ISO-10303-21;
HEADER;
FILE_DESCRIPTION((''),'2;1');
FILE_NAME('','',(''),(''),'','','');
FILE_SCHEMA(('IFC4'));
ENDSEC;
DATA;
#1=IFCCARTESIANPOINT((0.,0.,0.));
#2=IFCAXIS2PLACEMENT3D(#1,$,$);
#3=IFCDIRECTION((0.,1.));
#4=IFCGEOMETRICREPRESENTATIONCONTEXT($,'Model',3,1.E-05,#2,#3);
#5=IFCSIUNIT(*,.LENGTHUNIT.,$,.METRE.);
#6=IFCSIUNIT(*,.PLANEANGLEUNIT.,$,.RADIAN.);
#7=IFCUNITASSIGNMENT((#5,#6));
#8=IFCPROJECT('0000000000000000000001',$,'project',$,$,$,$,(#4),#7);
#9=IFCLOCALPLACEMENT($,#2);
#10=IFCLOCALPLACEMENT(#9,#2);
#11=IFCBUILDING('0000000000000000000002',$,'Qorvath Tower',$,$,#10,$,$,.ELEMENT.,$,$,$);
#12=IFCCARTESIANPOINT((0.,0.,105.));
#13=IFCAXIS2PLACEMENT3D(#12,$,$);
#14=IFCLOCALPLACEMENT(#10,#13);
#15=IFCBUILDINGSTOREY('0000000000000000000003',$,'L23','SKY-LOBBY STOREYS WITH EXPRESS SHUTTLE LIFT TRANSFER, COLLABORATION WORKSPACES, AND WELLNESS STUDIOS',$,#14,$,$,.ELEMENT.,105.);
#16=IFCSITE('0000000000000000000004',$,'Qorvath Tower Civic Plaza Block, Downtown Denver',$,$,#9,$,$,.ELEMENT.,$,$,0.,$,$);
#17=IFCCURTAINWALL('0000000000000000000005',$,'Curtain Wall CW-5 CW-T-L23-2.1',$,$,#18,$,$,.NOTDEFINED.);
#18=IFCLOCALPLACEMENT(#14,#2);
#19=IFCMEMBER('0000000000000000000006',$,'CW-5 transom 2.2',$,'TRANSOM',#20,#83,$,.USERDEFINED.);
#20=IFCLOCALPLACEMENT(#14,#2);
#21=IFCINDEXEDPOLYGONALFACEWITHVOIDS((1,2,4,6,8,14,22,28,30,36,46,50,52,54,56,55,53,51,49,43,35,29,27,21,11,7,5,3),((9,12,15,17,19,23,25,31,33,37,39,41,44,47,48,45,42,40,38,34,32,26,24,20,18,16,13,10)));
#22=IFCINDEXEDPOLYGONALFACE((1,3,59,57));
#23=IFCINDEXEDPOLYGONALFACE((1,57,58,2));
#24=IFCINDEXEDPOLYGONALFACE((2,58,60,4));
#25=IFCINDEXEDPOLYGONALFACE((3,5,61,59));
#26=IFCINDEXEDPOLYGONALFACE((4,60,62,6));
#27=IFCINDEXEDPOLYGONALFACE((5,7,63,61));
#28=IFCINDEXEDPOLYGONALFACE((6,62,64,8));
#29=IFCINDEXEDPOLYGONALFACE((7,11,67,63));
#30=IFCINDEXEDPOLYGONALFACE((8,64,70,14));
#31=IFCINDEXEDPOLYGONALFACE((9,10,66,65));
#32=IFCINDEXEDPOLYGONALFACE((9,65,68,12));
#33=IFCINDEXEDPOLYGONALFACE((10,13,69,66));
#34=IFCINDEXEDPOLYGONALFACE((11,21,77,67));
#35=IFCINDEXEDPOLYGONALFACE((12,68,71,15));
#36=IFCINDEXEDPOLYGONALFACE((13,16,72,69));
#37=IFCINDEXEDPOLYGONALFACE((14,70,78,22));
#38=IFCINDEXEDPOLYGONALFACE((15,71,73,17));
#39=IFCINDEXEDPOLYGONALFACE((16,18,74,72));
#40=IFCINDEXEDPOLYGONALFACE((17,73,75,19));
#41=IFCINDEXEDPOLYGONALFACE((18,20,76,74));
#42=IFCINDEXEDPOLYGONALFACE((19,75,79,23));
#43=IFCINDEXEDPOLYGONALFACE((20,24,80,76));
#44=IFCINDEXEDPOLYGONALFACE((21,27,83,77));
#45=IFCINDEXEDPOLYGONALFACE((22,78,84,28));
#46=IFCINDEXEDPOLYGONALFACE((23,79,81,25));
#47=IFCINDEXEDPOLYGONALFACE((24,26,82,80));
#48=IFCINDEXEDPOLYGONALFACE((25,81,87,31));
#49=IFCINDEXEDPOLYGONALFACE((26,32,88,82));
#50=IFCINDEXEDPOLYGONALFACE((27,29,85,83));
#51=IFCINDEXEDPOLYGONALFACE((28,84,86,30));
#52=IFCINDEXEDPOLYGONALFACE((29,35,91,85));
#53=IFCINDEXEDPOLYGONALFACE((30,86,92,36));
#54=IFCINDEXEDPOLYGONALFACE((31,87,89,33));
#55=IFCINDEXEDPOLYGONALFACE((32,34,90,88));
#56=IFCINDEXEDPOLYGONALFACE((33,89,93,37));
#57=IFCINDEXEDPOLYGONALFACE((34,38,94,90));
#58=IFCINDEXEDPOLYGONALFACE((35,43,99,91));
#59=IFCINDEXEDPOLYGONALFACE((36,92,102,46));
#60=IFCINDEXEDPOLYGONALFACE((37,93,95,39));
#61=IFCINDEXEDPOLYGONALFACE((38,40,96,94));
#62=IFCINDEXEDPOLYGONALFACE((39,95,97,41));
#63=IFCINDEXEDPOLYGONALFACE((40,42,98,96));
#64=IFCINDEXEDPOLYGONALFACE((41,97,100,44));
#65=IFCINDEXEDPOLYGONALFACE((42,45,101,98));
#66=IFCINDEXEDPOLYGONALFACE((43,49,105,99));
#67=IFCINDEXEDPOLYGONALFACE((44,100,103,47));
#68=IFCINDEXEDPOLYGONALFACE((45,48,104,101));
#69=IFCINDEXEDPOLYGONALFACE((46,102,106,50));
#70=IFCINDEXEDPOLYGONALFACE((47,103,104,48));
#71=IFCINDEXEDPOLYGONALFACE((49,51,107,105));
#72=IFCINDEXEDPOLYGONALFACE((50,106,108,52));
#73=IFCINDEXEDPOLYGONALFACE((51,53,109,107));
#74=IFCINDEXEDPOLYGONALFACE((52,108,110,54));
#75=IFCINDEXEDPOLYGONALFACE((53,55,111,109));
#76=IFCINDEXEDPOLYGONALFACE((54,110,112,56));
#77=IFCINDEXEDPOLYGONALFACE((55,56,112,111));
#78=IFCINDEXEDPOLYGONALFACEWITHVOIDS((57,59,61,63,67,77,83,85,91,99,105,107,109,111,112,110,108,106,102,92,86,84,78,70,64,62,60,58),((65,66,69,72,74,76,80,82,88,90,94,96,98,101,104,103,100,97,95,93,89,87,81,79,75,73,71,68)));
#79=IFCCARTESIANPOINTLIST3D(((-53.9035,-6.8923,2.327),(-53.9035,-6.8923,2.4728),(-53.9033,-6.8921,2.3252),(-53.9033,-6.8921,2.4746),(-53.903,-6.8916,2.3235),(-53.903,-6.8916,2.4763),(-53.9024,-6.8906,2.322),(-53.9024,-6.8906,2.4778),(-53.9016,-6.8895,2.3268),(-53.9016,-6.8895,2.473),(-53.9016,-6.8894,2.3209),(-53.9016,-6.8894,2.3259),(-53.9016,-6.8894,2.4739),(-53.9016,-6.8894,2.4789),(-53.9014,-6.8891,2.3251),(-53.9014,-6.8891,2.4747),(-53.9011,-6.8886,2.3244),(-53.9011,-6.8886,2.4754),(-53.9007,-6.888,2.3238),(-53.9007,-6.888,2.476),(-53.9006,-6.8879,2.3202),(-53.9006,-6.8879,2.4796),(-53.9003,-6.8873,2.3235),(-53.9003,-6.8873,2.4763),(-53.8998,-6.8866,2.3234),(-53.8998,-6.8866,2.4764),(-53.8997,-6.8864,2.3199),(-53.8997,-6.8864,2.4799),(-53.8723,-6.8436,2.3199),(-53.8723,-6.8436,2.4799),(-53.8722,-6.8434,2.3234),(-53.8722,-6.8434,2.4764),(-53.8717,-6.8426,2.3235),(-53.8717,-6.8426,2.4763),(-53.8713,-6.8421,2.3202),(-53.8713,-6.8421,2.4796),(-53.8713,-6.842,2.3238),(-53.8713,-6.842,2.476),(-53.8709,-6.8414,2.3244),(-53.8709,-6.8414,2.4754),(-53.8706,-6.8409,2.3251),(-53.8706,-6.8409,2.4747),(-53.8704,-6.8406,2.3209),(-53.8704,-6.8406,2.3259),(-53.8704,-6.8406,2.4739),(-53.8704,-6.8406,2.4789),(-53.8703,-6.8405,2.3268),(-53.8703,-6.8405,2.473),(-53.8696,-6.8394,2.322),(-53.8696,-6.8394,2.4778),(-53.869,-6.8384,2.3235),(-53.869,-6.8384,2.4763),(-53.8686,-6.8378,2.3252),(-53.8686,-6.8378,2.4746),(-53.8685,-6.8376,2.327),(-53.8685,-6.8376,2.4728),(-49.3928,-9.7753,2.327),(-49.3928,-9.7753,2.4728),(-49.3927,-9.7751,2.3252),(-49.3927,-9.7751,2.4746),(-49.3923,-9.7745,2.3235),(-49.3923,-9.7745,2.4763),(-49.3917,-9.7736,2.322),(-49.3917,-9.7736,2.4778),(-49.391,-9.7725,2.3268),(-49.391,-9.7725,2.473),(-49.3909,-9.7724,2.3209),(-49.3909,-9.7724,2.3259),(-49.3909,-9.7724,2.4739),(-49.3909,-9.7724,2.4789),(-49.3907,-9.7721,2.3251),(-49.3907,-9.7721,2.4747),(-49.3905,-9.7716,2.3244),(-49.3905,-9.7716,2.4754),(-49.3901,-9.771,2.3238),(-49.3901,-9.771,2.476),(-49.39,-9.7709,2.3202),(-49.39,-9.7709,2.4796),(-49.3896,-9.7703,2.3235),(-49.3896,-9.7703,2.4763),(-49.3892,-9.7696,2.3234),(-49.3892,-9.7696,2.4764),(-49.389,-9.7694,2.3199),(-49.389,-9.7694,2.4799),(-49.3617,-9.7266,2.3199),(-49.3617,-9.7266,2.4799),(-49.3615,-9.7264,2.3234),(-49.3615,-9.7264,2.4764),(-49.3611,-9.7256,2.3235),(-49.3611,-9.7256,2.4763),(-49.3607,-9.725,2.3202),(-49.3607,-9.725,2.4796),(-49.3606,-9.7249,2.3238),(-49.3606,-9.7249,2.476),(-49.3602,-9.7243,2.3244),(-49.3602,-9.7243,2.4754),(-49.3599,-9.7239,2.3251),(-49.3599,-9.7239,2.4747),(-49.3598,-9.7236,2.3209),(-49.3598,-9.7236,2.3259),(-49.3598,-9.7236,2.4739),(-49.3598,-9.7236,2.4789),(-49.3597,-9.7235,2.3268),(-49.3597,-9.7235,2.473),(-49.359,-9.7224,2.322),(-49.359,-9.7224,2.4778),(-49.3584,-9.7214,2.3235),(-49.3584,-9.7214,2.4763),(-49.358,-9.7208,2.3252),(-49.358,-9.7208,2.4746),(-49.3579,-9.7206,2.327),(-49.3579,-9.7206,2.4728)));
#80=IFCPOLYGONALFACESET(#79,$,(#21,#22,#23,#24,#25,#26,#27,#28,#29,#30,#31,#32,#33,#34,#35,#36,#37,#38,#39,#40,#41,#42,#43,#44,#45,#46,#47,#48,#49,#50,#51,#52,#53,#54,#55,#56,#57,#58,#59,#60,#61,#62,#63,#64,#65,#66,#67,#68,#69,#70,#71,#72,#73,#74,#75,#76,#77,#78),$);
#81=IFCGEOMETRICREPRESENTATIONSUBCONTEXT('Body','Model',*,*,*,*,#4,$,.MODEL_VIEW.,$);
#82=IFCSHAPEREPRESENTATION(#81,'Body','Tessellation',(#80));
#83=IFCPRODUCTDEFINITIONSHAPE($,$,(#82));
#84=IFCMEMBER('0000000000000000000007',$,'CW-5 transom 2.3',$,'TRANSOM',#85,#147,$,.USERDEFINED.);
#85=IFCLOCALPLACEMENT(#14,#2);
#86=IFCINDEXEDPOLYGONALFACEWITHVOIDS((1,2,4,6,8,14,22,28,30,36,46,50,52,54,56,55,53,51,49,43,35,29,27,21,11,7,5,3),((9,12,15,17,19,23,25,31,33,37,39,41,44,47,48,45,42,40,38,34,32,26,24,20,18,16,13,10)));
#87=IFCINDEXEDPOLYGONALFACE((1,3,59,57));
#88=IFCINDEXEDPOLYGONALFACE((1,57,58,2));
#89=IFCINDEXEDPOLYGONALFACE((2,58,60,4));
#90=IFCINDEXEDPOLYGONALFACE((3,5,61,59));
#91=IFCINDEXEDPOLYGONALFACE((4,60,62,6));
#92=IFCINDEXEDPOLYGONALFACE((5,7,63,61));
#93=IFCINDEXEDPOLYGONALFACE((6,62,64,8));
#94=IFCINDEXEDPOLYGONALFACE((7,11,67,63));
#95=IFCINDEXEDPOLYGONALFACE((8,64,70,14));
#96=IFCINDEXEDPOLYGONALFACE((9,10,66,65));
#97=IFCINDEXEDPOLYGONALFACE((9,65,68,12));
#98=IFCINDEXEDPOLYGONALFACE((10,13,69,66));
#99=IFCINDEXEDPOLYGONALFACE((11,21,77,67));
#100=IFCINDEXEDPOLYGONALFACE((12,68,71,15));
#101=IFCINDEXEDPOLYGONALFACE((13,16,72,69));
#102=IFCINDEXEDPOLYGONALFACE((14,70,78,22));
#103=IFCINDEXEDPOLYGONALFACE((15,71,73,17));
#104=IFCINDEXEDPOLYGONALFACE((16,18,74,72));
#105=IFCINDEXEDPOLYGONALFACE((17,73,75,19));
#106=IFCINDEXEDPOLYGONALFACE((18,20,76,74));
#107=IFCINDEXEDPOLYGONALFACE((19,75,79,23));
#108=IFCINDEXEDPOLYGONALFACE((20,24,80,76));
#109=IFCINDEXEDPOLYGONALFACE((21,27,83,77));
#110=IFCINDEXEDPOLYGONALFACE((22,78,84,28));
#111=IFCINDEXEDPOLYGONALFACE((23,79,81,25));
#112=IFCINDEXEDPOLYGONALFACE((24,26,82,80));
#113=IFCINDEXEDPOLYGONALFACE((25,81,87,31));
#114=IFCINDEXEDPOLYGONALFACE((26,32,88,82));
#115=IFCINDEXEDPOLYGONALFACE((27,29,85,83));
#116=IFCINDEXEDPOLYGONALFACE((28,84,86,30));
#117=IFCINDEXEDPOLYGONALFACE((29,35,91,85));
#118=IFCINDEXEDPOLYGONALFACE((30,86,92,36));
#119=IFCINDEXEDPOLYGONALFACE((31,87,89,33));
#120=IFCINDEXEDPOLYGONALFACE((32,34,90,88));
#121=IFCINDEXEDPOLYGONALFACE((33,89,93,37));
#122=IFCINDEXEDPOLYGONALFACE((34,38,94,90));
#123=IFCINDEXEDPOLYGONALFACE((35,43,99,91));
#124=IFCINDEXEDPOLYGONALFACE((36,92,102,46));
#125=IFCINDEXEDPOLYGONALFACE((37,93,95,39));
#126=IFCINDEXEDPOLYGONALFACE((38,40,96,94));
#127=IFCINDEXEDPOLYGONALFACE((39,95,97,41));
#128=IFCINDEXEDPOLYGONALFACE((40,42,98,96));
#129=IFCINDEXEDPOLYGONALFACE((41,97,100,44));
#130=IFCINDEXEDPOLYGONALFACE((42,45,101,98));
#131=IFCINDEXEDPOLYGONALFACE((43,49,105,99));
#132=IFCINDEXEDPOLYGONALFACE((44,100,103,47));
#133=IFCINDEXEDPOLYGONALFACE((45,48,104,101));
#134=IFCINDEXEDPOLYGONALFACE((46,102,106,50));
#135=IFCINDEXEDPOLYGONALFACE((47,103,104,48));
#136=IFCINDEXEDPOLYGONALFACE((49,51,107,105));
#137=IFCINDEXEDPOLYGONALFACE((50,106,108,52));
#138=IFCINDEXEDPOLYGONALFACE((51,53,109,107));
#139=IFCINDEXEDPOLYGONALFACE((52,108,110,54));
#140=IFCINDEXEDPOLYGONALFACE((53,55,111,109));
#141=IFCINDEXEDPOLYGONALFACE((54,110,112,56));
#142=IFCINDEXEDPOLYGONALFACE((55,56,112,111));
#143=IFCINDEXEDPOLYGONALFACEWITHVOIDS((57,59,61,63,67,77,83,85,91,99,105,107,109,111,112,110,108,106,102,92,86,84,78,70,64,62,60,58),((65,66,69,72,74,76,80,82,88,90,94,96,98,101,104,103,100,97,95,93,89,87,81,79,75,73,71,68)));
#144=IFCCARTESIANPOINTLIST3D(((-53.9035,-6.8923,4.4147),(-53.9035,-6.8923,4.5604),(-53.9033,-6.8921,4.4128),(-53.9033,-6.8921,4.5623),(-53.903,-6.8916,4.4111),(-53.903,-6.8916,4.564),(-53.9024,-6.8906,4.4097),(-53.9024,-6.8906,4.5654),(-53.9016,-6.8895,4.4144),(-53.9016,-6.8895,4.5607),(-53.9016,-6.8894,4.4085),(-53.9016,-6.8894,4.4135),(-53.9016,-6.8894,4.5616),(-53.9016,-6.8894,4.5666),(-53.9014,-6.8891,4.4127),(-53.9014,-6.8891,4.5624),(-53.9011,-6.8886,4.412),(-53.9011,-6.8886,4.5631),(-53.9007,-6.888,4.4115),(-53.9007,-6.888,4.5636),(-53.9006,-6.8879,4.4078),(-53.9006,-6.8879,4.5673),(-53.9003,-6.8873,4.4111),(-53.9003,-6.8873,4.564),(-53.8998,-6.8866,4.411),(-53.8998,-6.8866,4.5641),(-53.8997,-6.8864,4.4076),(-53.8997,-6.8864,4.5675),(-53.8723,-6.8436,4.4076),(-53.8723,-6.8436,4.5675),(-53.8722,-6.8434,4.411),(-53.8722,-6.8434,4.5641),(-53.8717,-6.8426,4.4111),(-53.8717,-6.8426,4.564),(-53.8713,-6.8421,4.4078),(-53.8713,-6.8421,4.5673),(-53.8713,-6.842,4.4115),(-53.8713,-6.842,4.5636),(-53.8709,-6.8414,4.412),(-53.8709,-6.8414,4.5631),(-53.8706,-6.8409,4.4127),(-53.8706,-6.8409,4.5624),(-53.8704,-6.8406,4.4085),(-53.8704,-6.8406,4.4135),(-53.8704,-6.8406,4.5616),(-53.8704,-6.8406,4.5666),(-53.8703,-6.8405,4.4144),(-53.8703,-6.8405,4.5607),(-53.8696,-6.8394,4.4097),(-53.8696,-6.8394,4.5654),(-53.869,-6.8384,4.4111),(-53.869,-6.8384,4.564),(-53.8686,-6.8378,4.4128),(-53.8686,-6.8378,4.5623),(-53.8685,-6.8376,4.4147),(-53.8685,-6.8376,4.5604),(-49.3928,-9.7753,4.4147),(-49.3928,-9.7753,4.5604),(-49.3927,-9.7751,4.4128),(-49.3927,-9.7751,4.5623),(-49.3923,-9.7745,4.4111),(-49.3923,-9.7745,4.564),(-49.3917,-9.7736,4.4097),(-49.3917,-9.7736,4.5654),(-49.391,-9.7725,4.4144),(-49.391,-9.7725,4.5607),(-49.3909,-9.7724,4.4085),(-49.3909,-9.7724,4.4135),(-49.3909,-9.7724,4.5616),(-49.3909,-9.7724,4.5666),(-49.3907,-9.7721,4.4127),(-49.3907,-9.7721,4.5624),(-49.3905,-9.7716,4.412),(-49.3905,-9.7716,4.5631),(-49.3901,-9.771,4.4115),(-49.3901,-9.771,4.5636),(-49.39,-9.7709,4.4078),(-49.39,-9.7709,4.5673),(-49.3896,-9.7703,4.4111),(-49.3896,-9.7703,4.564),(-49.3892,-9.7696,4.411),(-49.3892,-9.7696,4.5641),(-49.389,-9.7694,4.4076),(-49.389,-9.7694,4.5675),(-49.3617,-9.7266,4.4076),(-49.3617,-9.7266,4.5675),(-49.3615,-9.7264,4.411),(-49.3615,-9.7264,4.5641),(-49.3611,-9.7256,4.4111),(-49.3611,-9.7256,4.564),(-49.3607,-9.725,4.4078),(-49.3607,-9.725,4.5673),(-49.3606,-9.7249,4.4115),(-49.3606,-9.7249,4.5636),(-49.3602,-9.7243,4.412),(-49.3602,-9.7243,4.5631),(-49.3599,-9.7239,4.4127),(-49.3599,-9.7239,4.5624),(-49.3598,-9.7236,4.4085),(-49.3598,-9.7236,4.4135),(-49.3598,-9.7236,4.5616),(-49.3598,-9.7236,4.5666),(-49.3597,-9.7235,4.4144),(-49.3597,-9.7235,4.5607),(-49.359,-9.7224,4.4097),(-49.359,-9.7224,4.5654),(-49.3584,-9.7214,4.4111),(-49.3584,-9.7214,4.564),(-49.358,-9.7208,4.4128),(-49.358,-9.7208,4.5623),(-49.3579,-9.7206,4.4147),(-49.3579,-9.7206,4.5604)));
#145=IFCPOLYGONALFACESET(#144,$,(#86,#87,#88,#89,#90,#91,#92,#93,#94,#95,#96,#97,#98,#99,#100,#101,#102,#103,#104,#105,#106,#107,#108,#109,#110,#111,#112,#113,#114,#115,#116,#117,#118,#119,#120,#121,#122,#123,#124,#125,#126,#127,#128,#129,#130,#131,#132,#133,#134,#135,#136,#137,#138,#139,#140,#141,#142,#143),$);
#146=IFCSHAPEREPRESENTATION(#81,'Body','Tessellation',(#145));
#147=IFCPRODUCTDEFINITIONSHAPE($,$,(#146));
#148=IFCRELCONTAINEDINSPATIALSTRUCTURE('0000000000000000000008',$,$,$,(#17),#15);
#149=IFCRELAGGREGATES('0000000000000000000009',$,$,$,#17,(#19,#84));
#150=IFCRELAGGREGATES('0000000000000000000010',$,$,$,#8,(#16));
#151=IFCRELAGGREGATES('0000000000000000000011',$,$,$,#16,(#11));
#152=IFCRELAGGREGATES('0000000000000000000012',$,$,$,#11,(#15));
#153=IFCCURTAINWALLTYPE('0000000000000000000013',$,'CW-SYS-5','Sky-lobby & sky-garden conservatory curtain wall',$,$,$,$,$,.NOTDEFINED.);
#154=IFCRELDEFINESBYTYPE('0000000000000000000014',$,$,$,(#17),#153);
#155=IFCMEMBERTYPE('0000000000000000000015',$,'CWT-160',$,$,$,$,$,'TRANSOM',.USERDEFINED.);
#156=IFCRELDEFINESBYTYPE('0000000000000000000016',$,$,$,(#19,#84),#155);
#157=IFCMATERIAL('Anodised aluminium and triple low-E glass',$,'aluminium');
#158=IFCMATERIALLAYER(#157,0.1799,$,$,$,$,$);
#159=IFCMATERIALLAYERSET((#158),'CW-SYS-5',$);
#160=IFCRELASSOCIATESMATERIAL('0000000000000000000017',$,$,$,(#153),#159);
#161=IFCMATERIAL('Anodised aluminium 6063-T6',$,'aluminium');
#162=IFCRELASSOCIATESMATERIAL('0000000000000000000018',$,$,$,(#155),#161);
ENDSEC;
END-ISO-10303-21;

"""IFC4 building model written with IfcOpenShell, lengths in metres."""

from ifc_helpers import new_model, si_unit, direction, frame, origin, origin_2d, place, context, subcontext, project, spatial, hollow_rectangle, extrude, material, layer, layer_set, material_profile, profile_set, type_object, element, aggregate, save


model = new_model("IFC4")

# Units and contexts
model_context = context("Model", 3, precision=1e-05, world=origin(), true_north=direction((0.0, 1.0)))
body_context = subcontext(model_context, "Body", "Model", "MODEL_VIEW")
ifc_project = project(units=[si_unit("LENGTHUNIT", "METRE"), si_unit("PLANEANGLEUNIT", "RADIAN")], contexts=[model_context])

# Site, building, storey
site_placement = place(None, origin())
site = spatial("IfcSite", under=ifc_project, at=site_placement, Name="Qorvath Tower Civic Plaza Block, Downtown Denver", CompositionType="ELEMENT", RefElevation=0.0)
building_placement = place(site_placement, origin())
building = spatial("IfcBuilding", under=site, at=building_placement, Name="Qorvath Tower", CompositionType="ELEMENT")
storey_placement = place(building_placement, frame((0.0, 0.0, 105.0)))
storey = spatial("IfcBuildingStorey", under=building, at=storey_placement, Name="L23", Description="SKY-LOBBY STOREYS WITH EXPRESS SHUTTLE LIFT TRANSFER, COLLABORATION WORKSPACES, AND WELLNESS STUDIOS", CompositionType="ELEMENT", Elevation=105.0)

# Curtain wall, members
ifc_material_1 = material(Name="Anodised aluminium and triple low-E glass", Category="aluminium")
ifc_layer_1 = layer(ifc_material_1, 0.1799)
ifc_layer_set_1 = layer_set([ifc_layer_1], Name="CW-SYS-5")
curtain_wall_type = type_object("IfcCurtainWallType", Name="CW-SYS-5", Description="Sky-lobby & sky-garden conservatory curtain wall", PredefinedType="NOTDEFINED", material=ifc_layer_set_1)
curtain_wall_placement = place(storey_placement, origin())
curtain_wall = element("IfcCurtainWall", 1, at=curtain_wall_placement, inside=storey, type_object=curtain_wall_type, Name="Curtain Wall CW-5 CW-T-L23-2.1", PredefinedType="NOTDEFINED")
ifc_material_2 = material(Name="Anodised aluminium 6063-T6", Category="aluminium")
ifc_material_profile_1 = material_profile(ifc_material_2, hollow_rectangle(XDim=0.0649, YDim=0.1599, WallThickness=0.0034, InnerFilletRadius=0.0034, OuterFilletRadius=0.0071, at=origin_2d()), Name="CWT 160x65")
ifc_profile_set_1 = profile_set([ifc_material_profile_1], Name="Anodised aluminium 6063-T6")
member_type_1 = type_object("IfcMemberType", Name="CWT-160", ElementType="TRANSOM", PredefinedType="USERDEFINED", material=ifc_profile_set_1)
member_1_placement = place(storey_placement, frame((-53.886, -6.865, 2.3999), z_axis=(0.842595, -0.538548, 0.0), x_axis=(0.538548, 0.842595, 0.0)))
member_1 = element("IfcMember", 2, at=member_1_placement, type_object=member_type_1, Name="CW-5 transom 2.2", ObjectType="TRANSOM", PredefinedType="USERDEFINED", context=body_context, shape_type="SweptSolid", body=[
    extrude(hollow_rectangle(XDim=0.0649, YDim=0.1599, WallThickness=0.0034, InnerFilletRadius=0.0034, OuterFilletRadius=0.0071, at=origin_2d()), origin(), (0.0, 0.0, 1.0), 5.3533),
])
member_2_placement = place(storey_placement, frame((-53.886, -6.865, 4.4875), z_axis=(0.842595, -0.538548, 0.0), x_axis=(0.538548, 0.842595, 0.0)))
member_2 = element("IfcMember", 3, at=member_2_placement, type_object=member_type_1, Name="CW-5 transom 2.3", ObjectType="TRANSOM", PredefinedType="USERDEFINED", context=body_context, shape_type="SweptSolid", body=[
    extrude(hollow_rectangle(XDim=0.0649, YDim=0.1599, WallThickness=0.0034, InnerFilletRadius=0.0034, OuterFilletRadius=0.0071, at=origin_2d()), origin(), (0.0, 0.0, 1.0), 5.3533),
])
aggregate(curtain_wall, [member_1, member_2])

save(model, "model.ifc")
